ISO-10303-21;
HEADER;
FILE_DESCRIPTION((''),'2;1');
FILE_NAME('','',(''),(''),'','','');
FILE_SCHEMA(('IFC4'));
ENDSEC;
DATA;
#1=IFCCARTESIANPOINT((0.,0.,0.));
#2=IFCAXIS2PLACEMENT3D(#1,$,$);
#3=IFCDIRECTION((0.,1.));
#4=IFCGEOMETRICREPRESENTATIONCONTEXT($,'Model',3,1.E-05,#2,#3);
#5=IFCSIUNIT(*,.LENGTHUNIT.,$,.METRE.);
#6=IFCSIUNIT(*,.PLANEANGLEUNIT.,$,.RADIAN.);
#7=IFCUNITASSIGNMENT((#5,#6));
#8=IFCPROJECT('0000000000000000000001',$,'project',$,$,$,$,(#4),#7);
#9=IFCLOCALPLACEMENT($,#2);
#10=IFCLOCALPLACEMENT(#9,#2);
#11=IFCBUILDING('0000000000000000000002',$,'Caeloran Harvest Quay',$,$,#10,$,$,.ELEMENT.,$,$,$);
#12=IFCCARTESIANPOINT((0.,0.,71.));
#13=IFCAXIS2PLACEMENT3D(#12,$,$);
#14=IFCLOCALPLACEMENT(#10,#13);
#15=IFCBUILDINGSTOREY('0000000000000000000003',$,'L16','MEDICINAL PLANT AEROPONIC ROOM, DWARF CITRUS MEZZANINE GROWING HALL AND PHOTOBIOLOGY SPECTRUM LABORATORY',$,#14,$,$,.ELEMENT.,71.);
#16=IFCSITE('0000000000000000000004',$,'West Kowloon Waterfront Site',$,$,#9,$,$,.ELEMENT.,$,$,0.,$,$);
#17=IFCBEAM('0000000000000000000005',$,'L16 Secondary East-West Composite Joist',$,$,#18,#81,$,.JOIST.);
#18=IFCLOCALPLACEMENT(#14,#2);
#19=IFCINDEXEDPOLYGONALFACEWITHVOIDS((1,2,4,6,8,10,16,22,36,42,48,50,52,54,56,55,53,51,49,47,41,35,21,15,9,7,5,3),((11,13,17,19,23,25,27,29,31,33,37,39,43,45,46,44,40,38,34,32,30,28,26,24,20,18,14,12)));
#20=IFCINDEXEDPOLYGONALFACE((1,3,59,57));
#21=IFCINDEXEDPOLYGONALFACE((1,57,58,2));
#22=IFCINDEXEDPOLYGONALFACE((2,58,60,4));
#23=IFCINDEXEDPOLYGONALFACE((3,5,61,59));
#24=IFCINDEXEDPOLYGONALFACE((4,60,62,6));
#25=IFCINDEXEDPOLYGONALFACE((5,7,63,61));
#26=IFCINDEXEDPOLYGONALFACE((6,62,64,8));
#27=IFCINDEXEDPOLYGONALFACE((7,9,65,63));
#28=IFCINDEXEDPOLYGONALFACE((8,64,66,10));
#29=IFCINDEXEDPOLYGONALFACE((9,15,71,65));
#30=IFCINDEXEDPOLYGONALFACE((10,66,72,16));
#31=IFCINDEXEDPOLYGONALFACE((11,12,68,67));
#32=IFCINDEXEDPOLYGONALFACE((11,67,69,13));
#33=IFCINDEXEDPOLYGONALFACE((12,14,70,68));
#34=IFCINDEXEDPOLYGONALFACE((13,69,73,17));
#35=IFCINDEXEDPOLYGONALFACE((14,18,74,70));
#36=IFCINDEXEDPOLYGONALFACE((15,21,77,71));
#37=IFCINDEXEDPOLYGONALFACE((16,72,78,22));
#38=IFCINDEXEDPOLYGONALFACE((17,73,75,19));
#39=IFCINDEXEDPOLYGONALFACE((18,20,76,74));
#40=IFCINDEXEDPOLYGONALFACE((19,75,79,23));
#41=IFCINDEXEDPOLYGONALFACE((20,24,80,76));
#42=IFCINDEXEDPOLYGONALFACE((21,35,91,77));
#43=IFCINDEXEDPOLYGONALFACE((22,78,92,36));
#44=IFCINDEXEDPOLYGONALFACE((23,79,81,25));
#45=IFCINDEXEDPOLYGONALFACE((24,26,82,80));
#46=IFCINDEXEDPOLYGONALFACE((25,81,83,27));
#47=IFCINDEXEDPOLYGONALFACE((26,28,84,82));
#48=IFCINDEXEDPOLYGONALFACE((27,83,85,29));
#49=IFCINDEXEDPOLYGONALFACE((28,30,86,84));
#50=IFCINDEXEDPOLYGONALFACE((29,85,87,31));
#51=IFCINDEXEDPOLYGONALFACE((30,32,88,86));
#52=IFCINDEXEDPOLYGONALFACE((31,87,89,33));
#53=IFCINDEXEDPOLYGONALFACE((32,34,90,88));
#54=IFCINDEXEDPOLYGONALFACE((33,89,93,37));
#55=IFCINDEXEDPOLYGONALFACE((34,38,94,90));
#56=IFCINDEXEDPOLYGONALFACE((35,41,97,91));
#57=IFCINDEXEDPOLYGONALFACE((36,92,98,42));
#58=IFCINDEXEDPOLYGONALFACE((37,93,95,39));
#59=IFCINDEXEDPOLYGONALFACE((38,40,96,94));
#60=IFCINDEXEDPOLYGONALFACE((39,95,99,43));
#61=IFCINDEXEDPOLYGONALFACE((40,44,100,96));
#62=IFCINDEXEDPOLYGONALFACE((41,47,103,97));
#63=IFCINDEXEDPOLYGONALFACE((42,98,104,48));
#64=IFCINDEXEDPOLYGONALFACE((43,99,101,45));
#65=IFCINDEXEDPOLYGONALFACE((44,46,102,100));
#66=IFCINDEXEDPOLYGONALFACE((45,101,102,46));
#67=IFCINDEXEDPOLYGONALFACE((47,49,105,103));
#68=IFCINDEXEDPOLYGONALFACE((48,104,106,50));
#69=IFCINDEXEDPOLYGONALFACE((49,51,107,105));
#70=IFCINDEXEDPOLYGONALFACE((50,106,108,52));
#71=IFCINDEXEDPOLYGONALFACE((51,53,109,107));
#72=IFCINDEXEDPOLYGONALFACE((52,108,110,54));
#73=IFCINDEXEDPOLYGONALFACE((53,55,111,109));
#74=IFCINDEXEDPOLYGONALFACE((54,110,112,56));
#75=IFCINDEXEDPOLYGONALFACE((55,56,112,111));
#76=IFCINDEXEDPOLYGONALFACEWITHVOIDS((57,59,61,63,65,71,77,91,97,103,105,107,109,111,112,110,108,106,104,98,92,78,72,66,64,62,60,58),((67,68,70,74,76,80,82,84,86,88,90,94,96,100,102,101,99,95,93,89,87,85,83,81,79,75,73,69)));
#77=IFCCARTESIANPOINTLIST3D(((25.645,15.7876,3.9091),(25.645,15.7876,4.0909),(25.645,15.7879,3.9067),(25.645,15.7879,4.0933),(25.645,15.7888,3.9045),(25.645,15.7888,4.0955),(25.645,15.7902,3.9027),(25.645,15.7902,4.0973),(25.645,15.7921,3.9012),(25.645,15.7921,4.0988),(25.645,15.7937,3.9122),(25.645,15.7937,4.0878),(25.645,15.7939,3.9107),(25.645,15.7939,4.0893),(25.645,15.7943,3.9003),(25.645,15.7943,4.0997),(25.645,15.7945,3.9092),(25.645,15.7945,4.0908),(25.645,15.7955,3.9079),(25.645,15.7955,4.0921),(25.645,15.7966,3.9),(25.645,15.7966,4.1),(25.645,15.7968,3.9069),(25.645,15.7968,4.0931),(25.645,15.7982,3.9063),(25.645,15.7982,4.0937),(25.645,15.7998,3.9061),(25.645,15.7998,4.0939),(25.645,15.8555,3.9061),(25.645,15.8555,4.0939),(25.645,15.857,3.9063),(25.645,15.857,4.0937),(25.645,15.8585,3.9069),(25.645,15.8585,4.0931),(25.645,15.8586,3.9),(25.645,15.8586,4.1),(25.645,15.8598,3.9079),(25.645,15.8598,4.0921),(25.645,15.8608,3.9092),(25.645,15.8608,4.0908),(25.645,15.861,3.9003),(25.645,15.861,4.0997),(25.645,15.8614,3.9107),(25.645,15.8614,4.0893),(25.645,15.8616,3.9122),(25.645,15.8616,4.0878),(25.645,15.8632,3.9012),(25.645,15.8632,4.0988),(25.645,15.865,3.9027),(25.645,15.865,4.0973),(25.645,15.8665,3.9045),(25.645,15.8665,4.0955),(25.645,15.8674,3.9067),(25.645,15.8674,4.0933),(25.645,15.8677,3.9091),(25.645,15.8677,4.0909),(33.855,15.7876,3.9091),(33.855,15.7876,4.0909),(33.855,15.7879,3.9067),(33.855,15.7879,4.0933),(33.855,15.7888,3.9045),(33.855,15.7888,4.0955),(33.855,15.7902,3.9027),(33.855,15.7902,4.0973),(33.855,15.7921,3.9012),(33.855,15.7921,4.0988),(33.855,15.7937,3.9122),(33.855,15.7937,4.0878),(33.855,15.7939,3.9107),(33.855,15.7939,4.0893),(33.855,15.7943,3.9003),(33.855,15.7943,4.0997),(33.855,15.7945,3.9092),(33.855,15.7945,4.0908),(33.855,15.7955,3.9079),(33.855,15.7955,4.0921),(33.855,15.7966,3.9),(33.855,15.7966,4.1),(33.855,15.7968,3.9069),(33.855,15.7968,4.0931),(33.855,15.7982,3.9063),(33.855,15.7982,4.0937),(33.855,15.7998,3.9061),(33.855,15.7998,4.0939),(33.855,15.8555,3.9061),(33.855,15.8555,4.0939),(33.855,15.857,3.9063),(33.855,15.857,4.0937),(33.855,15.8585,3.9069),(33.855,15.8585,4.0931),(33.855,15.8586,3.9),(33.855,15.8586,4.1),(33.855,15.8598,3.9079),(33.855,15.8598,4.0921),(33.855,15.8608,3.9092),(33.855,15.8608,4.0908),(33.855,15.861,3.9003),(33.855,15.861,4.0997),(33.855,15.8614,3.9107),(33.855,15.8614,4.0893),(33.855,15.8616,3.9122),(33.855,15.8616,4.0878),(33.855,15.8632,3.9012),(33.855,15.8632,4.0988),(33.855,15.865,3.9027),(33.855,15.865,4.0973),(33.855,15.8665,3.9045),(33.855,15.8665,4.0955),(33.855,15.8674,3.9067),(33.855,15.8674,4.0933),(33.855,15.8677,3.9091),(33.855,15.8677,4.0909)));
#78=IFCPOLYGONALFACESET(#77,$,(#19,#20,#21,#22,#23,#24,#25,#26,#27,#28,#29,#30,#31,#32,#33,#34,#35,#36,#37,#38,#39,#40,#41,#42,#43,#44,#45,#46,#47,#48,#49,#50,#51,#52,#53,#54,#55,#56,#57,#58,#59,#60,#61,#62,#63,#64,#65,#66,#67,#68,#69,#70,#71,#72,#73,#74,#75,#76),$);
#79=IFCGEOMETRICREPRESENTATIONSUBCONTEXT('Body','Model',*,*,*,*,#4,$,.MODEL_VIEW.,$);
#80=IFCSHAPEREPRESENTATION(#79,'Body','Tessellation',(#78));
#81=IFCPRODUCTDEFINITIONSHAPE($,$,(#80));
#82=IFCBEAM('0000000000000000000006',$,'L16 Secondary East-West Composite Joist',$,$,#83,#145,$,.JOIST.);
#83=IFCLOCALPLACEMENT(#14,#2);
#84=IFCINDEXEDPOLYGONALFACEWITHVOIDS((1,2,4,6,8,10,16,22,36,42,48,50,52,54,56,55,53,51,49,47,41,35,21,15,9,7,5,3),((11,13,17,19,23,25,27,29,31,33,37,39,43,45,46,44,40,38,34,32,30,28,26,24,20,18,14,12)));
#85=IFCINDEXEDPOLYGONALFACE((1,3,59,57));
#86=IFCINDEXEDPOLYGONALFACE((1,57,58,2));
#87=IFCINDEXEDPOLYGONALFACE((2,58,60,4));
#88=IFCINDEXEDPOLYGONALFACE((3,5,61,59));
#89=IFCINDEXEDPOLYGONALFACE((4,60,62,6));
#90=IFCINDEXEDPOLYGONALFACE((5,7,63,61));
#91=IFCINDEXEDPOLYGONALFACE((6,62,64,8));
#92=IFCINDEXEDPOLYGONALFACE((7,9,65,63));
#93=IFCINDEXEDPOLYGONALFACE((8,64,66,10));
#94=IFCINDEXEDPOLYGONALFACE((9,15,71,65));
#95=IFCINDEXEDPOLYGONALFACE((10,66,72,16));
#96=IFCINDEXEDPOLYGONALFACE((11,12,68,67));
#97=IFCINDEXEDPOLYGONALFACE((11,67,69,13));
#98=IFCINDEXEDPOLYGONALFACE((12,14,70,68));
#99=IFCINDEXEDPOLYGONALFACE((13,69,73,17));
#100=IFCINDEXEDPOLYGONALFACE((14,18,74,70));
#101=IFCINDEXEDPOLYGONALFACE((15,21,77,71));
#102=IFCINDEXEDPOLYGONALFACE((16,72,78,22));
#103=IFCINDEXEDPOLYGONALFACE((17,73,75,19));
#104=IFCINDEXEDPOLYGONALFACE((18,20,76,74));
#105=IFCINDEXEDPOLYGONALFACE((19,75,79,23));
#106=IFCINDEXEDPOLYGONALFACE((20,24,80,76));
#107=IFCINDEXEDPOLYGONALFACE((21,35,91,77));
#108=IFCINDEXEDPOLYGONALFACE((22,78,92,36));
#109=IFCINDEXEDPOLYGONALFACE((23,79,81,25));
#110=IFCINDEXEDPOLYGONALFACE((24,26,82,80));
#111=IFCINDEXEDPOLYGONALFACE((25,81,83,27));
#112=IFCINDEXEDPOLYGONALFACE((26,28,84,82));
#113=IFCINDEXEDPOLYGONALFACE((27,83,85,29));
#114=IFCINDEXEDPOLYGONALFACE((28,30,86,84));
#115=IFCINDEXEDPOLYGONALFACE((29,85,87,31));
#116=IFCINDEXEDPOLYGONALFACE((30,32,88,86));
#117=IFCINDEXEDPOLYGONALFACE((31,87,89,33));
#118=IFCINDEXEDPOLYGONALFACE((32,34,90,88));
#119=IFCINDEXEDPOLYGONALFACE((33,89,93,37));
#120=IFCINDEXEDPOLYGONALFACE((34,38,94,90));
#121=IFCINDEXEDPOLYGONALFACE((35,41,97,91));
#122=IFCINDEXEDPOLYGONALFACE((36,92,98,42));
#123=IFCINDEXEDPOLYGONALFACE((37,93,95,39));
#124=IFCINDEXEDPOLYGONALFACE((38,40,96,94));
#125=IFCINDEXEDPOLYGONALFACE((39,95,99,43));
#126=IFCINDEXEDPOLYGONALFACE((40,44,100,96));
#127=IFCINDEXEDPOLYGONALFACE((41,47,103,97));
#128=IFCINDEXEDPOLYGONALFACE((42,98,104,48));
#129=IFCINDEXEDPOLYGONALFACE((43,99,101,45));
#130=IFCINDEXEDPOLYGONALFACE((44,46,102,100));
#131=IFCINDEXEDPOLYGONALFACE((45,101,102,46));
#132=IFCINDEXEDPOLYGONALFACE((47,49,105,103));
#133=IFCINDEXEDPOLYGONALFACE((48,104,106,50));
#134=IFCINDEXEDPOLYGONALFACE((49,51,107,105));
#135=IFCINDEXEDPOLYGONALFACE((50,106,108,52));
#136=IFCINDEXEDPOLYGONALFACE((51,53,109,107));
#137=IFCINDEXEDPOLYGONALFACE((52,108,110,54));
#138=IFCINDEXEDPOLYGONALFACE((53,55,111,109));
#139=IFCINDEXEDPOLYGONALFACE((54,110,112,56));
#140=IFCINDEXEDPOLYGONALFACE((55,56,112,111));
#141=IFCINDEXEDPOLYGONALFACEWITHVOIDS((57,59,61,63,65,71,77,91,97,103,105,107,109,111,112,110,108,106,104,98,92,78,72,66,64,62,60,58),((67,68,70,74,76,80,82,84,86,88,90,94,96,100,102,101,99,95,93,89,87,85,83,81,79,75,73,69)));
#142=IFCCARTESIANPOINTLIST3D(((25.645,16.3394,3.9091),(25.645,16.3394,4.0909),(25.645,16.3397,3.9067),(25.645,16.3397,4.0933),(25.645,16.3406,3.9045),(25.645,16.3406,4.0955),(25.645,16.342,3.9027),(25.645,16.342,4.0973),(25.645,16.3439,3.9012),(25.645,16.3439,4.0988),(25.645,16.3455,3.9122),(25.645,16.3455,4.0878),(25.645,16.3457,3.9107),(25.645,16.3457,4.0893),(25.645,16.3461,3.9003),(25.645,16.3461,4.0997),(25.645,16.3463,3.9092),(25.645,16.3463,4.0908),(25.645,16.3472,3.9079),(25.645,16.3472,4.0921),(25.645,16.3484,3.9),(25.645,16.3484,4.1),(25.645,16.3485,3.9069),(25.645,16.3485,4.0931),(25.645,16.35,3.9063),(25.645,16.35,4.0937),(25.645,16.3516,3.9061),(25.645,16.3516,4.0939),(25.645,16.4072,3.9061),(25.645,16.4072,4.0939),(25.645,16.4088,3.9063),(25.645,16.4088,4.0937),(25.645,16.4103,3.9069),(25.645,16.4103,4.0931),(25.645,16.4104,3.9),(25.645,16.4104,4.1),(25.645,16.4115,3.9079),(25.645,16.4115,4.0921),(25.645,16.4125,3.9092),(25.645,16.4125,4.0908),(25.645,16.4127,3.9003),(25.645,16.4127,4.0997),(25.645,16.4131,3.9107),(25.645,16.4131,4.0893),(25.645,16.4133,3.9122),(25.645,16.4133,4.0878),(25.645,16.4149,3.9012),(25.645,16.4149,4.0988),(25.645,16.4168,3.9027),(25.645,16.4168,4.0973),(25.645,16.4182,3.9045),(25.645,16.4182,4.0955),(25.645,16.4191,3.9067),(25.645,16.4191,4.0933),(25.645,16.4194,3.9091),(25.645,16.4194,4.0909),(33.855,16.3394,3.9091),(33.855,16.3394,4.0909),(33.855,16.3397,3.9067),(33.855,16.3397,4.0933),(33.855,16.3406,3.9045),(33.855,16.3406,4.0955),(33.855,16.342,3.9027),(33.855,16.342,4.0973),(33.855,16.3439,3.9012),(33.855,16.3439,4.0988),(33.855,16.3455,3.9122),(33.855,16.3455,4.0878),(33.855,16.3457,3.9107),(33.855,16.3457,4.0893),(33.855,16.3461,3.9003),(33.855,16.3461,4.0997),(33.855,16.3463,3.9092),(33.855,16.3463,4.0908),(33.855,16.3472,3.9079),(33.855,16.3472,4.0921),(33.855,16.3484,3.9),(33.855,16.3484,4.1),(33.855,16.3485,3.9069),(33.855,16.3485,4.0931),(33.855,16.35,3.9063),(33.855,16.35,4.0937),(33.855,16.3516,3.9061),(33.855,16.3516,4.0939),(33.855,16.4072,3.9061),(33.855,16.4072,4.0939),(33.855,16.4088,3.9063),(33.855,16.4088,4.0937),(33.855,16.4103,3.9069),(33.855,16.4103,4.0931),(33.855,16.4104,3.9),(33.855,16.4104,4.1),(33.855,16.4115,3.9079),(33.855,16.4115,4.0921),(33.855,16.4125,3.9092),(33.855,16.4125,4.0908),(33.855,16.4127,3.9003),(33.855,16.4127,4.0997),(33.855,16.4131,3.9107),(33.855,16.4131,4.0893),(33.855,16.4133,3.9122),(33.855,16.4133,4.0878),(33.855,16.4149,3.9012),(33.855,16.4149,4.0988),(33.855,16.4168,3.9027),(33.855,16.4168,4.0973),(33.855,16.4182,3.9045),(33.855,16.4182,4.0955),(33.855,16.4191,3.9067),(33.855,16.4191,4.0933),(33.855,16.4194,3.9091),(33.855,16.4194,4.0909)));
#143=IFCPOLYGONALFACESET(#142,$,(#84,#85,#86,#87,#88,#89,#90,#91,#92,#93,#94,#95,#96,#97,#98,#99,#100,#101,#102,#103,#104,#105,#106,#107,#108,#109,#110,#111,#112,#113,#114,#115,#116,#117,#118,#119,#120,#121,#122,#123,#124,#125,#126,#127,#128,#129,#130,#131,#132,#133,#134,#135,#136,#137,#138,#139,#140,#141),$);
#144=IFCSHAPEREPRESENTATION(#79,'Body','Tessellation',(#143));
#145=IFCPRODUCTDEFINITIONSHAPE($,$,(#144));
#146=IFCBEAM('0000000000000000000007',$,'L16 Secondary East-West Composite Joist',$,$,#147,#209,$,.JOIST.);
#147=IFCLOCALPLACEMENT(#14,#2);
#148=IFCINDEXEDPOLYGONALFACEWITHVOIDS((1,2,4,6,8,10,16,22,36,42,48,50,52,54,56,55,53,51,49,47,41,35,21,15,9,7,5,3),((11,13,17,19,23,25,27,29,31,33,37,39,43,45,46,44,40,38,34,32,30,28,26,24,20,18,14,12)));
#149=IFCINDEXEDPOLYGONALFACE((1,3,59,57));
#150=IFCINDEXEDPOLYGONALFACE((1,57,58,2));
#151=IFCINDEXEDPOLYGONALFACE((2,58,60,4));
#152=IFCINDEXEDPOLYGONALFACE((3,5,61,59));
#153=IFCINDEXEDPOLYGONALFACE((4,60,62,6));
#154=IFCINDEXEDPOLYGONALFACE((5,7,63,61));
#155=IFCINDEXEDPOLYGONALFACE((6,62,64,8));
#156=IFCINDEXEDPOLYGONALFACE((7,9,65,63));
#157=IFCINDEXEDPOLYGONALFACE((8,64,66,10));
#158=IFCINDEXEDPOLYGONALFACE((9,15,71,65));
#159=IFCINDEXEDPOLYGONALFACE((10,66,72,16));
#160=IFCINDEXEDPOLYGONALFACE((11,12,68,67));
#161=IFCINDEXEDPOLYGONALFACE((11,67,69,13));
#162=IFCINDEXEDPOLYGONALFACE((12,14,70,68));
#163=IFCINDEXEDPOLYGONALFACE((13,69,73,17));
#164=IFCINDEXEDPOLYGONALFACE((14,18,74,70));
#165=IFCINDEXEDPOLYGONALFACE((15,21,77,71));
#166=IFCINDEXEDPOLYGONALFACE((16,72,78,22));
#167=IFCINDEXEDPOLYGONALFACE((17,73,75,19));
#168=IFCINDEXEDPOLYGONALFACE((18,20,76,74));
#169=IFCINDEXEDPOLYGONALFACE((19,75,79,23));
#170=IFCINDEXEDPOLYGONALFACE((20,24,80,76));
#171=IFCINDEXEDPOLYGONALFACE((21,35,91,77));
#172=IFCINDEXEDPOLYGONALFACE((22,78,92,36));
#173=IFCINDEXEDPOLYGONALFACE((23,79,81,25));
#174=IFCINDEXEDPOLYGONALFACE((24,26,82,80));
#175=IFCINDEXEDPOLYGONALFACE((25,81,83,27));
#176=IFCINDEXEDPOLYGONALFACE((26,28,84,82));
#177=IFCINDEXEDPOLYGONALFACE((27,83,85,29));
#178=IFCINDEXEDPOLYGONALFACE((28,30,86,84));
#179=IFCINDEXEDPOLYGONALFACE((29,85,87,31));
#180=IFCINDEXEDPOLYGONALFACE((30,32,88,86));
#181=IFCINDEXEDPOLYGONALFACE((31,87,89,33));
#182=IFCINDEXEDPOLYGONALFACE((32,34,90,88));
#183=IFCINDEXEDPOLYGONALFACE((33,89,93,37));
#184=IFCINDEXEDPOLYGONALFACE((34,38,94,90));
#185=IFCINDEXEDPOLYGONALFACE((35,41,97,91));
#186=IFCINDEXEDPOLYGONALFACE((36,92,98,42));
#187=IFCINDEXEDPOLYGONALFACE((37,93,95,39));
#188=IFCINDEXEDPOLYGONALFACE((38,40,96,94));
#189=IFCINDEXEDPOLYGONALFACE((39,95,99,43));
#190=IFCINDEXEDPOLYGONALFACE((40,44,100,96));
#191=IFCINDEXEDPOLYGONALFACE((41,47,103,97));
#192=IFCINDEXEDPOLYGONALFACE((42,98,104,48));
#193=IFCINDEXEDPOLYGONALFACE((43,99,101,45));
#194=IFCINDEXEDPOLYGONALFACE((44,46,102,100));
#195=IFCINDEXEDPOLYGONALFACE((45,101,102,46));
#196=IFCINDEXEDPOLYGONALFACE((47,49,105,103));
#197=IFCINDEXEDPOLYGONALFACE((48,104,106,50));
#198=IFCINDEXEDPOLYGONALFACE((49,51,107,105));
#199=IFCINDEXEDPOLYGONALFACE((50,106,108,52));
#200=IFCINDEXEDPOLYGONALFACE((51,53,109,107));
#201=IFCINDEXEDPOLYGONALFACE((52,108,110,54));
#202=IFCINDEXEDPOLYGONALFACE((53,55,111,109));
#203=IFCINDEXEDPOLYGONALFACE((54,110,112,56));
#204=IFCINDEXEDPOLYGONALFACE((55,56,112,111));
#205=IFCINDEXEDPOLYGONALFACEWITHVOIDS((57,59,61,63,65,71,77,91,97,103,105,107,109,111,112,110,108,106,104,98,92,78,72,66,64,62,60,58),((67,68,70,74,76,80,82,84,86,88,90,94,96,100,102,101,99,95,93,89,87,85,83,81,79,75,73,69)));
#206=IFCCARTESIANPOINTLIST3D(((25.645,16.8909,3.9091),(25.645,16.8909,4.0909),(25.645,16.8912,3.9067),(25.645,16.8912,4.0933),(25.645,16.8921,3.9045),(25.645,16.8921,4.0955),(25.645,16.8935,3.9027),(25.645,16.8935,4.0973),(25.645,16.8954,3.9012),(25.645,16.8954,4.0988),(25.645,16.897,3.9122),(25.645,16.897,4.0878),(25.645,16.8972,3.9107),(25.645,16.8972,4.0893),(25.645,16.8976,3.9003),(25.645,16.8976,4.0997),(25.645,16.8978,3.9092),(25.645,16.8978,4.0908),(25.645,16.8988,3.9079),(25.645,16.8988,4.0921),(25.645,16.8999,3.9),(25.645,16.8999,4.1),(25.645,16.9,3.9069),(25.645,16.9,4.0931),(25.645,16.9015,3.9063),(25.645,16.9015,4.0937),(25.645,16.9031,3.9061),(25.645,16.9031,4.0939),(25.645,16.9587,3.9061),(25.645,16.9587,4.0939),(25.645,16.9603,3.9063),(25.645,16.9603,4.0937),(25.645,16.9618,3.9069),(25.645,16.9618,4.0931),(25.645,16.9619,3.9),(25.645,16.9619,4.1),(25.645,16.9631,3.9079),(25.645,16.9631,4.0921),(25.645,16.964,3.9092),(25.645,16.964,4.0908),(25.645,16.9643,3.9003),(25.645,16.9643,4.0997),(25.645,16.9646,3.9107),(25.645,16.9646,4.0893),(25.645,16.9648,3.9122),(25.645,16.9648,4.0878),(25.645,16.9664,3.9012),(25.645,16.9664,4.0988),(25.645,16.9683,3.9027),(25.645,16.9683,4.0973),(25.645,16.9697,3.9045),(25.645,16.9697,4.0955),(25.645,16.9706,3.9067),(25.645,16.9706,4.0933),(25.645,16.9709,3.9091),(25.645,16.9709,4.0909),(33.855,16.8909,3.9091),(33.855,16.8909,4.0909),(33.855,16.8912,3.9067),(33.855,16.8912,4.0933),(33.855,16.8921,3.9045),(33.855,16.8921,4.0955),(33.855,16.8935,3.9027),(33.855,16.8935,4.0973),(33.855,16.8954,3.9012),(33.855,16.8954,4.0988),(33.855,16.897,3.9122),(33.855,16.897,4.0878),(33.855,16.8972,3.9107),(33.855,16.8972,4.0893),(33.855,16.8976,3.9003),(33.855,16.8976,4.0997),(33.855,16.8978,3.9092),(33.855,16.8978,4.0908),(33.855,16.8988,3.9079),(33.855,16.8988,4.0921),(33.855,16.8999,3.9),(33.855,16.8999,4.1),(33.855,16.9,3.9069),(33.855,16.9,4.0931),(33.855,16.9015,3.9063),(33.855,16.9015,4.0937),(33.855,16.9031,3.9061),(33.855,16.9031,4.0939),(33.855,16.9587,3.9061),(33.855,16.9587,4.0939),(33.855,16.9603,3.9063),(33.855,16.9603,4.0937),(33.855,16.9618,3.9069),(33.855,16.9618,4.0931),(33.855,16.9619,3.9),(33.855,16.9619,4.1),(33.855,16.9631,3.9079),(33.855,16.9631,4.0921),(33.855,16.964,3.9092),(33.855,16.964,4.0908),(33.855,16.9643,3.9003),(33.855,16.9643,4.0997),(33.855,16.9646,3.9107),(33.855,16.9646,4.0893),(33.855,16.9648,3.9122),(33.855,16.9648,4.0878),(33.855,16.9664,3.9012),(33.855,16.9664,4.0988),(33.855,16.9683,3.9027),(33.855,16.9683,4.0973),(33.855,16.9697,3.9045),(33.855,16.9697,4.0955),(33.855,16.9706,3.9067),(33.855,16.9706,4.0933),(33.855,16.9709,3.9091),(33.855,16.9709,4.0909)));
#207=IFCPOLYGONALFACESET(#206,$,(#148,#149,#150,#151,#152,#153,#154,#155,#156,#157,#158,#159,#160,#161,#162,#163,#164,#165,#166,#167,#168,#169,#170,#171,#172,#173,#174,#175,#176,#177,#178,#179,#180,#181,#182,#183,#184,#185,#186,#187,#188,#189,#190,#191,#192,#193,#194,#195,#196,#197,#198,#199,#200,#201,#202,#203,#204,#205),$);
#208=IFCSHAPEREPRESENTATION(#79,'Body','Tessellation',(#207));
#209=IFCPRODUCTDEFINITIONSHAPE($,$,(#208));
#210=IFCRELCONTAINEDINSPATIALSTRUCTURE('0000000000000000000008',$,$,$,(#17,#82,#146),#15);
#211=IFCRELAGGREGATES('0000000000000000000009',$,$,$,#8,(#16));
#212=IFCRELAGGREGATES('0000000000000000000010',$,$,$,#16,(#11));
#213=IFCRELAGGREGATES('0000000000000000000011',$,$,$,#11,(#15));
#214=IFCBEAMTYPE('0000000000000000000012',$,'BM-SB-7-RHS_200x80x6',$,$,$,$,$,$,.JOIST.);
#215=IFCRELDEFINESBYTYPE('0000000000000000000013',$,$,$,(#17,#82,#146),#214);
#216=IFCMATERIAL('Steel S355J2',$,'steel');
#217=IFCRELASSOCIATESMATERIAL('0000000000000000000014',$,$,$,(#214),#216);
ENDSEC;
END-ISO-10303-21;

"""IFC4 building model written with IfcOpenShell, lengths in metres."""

from ifc_helpers import new_model, si_unit, direction, frame, origin, origin_2d, place, context, subcontext, project, spatial, hollow_rectangle, extrude, material, material_profile, profile_set, type_object, element, save


model = new_model("IFC4")

# Units and contexts
model_context = context("Model", 3, precision=1e-05, world=origin(), true_north=direction((0.0, 1.0)))
body_context = subcontext(model_context, "Body", "Model", "MODEL_VIEW")
ifc_project = project(units=[si_unit("LENGTHUNIT", "METRE"), si_unit("PLANEANGLEUNIT", "RADIAN")], contexts=[model_context])

# Site, building, storey
site_placement = place(None, origin())
site = spatial("IfcSite", under=ifc_project, at=site_placement, Name="West Kowloon Waterfront Site", CompositionType="ELEMENT", RefElevation=0.0)
building_placement = place(site_placement, origin())
building = spatial("IfcBuilding", under=site, at=building_placement, Name="Caeloran Harvest Quay", CompositionType="ELEMENT")
storey_placement = place(building_placement, frame((0.0, 0.0, 71.0)))
storey = spatial("IfcBuildingStorey", under=building, at=storey_placement, Name="L16", Description="MEDICINAL PLANT AEROPONIC ROOM, DWARF CITRUS MEZZANINE GROWING HALL AND PHOTOBIOLOGY SPECTRUM LABORATORY", CompositionType="ELEMENT", Elevation=71.0)

# Beams
ifc_material_1 = material(Name="Steel S355J2", Category="steel")
ifc_material_profile_1 = material_profile(ifc_material_1, hollow_rectangle(XDim=0.0801, YDim=0.2, WallThickness=0.0061, InnerFilletRadius=0.0061, OuterFilletRadius=0.009, at=origin_2d()), Name="RHS 200x80x6")
ifc_profile_set_1 = profile_set([ifc_material_profile_1], Name="Steel S355J2")
beam_type_1 = type_object("IfcBeamType", Name="BM-SB-7-RHS_200x80x6", PredefinedType="JOIST", material=ifc_profile_set_1)
for number, where, z_axis, x_axis, name in (
    (1, (25.645, 15.8276, 4.0), (1.0, 0.0, 0.0), (0.0, 1.0, 0.0), "L16 Secondary East-West Composite Joist"),
    (2, (25.645, 16.3794, 4.0), (1.0, 0.0, 0.0), (0.0, 1.0, 0.0), "L16 Secondary East-West Composite Joist"),
    (3, (25.645, 16.9309, 4.0), (1.0, 0.0, 0.0), (0.0, 1.0, 0.0), "L16 Secondary East-West Composite Joist"),
):
    element("IfcBeam", number, at=place(storey_placement, frame(where, z_axis=z_axis, x_axis=x_axis)), inside=storey, type_object=beam_type_1, Name=name, PredefinedType="JOIST", context=body_context, shape_type="SweptSolid", body=[
        extrude(hollow_rectangle(XDim=0.0801, YDim=0.2, WallThickness=0.0061, InnerFilletRadius=0.0061, OuterFilletRadius=0.009, at=origin_2d()), origin(), (0.0, 0.0, 1.0), 8.21),
    ])

save(model, "model.ifc")
